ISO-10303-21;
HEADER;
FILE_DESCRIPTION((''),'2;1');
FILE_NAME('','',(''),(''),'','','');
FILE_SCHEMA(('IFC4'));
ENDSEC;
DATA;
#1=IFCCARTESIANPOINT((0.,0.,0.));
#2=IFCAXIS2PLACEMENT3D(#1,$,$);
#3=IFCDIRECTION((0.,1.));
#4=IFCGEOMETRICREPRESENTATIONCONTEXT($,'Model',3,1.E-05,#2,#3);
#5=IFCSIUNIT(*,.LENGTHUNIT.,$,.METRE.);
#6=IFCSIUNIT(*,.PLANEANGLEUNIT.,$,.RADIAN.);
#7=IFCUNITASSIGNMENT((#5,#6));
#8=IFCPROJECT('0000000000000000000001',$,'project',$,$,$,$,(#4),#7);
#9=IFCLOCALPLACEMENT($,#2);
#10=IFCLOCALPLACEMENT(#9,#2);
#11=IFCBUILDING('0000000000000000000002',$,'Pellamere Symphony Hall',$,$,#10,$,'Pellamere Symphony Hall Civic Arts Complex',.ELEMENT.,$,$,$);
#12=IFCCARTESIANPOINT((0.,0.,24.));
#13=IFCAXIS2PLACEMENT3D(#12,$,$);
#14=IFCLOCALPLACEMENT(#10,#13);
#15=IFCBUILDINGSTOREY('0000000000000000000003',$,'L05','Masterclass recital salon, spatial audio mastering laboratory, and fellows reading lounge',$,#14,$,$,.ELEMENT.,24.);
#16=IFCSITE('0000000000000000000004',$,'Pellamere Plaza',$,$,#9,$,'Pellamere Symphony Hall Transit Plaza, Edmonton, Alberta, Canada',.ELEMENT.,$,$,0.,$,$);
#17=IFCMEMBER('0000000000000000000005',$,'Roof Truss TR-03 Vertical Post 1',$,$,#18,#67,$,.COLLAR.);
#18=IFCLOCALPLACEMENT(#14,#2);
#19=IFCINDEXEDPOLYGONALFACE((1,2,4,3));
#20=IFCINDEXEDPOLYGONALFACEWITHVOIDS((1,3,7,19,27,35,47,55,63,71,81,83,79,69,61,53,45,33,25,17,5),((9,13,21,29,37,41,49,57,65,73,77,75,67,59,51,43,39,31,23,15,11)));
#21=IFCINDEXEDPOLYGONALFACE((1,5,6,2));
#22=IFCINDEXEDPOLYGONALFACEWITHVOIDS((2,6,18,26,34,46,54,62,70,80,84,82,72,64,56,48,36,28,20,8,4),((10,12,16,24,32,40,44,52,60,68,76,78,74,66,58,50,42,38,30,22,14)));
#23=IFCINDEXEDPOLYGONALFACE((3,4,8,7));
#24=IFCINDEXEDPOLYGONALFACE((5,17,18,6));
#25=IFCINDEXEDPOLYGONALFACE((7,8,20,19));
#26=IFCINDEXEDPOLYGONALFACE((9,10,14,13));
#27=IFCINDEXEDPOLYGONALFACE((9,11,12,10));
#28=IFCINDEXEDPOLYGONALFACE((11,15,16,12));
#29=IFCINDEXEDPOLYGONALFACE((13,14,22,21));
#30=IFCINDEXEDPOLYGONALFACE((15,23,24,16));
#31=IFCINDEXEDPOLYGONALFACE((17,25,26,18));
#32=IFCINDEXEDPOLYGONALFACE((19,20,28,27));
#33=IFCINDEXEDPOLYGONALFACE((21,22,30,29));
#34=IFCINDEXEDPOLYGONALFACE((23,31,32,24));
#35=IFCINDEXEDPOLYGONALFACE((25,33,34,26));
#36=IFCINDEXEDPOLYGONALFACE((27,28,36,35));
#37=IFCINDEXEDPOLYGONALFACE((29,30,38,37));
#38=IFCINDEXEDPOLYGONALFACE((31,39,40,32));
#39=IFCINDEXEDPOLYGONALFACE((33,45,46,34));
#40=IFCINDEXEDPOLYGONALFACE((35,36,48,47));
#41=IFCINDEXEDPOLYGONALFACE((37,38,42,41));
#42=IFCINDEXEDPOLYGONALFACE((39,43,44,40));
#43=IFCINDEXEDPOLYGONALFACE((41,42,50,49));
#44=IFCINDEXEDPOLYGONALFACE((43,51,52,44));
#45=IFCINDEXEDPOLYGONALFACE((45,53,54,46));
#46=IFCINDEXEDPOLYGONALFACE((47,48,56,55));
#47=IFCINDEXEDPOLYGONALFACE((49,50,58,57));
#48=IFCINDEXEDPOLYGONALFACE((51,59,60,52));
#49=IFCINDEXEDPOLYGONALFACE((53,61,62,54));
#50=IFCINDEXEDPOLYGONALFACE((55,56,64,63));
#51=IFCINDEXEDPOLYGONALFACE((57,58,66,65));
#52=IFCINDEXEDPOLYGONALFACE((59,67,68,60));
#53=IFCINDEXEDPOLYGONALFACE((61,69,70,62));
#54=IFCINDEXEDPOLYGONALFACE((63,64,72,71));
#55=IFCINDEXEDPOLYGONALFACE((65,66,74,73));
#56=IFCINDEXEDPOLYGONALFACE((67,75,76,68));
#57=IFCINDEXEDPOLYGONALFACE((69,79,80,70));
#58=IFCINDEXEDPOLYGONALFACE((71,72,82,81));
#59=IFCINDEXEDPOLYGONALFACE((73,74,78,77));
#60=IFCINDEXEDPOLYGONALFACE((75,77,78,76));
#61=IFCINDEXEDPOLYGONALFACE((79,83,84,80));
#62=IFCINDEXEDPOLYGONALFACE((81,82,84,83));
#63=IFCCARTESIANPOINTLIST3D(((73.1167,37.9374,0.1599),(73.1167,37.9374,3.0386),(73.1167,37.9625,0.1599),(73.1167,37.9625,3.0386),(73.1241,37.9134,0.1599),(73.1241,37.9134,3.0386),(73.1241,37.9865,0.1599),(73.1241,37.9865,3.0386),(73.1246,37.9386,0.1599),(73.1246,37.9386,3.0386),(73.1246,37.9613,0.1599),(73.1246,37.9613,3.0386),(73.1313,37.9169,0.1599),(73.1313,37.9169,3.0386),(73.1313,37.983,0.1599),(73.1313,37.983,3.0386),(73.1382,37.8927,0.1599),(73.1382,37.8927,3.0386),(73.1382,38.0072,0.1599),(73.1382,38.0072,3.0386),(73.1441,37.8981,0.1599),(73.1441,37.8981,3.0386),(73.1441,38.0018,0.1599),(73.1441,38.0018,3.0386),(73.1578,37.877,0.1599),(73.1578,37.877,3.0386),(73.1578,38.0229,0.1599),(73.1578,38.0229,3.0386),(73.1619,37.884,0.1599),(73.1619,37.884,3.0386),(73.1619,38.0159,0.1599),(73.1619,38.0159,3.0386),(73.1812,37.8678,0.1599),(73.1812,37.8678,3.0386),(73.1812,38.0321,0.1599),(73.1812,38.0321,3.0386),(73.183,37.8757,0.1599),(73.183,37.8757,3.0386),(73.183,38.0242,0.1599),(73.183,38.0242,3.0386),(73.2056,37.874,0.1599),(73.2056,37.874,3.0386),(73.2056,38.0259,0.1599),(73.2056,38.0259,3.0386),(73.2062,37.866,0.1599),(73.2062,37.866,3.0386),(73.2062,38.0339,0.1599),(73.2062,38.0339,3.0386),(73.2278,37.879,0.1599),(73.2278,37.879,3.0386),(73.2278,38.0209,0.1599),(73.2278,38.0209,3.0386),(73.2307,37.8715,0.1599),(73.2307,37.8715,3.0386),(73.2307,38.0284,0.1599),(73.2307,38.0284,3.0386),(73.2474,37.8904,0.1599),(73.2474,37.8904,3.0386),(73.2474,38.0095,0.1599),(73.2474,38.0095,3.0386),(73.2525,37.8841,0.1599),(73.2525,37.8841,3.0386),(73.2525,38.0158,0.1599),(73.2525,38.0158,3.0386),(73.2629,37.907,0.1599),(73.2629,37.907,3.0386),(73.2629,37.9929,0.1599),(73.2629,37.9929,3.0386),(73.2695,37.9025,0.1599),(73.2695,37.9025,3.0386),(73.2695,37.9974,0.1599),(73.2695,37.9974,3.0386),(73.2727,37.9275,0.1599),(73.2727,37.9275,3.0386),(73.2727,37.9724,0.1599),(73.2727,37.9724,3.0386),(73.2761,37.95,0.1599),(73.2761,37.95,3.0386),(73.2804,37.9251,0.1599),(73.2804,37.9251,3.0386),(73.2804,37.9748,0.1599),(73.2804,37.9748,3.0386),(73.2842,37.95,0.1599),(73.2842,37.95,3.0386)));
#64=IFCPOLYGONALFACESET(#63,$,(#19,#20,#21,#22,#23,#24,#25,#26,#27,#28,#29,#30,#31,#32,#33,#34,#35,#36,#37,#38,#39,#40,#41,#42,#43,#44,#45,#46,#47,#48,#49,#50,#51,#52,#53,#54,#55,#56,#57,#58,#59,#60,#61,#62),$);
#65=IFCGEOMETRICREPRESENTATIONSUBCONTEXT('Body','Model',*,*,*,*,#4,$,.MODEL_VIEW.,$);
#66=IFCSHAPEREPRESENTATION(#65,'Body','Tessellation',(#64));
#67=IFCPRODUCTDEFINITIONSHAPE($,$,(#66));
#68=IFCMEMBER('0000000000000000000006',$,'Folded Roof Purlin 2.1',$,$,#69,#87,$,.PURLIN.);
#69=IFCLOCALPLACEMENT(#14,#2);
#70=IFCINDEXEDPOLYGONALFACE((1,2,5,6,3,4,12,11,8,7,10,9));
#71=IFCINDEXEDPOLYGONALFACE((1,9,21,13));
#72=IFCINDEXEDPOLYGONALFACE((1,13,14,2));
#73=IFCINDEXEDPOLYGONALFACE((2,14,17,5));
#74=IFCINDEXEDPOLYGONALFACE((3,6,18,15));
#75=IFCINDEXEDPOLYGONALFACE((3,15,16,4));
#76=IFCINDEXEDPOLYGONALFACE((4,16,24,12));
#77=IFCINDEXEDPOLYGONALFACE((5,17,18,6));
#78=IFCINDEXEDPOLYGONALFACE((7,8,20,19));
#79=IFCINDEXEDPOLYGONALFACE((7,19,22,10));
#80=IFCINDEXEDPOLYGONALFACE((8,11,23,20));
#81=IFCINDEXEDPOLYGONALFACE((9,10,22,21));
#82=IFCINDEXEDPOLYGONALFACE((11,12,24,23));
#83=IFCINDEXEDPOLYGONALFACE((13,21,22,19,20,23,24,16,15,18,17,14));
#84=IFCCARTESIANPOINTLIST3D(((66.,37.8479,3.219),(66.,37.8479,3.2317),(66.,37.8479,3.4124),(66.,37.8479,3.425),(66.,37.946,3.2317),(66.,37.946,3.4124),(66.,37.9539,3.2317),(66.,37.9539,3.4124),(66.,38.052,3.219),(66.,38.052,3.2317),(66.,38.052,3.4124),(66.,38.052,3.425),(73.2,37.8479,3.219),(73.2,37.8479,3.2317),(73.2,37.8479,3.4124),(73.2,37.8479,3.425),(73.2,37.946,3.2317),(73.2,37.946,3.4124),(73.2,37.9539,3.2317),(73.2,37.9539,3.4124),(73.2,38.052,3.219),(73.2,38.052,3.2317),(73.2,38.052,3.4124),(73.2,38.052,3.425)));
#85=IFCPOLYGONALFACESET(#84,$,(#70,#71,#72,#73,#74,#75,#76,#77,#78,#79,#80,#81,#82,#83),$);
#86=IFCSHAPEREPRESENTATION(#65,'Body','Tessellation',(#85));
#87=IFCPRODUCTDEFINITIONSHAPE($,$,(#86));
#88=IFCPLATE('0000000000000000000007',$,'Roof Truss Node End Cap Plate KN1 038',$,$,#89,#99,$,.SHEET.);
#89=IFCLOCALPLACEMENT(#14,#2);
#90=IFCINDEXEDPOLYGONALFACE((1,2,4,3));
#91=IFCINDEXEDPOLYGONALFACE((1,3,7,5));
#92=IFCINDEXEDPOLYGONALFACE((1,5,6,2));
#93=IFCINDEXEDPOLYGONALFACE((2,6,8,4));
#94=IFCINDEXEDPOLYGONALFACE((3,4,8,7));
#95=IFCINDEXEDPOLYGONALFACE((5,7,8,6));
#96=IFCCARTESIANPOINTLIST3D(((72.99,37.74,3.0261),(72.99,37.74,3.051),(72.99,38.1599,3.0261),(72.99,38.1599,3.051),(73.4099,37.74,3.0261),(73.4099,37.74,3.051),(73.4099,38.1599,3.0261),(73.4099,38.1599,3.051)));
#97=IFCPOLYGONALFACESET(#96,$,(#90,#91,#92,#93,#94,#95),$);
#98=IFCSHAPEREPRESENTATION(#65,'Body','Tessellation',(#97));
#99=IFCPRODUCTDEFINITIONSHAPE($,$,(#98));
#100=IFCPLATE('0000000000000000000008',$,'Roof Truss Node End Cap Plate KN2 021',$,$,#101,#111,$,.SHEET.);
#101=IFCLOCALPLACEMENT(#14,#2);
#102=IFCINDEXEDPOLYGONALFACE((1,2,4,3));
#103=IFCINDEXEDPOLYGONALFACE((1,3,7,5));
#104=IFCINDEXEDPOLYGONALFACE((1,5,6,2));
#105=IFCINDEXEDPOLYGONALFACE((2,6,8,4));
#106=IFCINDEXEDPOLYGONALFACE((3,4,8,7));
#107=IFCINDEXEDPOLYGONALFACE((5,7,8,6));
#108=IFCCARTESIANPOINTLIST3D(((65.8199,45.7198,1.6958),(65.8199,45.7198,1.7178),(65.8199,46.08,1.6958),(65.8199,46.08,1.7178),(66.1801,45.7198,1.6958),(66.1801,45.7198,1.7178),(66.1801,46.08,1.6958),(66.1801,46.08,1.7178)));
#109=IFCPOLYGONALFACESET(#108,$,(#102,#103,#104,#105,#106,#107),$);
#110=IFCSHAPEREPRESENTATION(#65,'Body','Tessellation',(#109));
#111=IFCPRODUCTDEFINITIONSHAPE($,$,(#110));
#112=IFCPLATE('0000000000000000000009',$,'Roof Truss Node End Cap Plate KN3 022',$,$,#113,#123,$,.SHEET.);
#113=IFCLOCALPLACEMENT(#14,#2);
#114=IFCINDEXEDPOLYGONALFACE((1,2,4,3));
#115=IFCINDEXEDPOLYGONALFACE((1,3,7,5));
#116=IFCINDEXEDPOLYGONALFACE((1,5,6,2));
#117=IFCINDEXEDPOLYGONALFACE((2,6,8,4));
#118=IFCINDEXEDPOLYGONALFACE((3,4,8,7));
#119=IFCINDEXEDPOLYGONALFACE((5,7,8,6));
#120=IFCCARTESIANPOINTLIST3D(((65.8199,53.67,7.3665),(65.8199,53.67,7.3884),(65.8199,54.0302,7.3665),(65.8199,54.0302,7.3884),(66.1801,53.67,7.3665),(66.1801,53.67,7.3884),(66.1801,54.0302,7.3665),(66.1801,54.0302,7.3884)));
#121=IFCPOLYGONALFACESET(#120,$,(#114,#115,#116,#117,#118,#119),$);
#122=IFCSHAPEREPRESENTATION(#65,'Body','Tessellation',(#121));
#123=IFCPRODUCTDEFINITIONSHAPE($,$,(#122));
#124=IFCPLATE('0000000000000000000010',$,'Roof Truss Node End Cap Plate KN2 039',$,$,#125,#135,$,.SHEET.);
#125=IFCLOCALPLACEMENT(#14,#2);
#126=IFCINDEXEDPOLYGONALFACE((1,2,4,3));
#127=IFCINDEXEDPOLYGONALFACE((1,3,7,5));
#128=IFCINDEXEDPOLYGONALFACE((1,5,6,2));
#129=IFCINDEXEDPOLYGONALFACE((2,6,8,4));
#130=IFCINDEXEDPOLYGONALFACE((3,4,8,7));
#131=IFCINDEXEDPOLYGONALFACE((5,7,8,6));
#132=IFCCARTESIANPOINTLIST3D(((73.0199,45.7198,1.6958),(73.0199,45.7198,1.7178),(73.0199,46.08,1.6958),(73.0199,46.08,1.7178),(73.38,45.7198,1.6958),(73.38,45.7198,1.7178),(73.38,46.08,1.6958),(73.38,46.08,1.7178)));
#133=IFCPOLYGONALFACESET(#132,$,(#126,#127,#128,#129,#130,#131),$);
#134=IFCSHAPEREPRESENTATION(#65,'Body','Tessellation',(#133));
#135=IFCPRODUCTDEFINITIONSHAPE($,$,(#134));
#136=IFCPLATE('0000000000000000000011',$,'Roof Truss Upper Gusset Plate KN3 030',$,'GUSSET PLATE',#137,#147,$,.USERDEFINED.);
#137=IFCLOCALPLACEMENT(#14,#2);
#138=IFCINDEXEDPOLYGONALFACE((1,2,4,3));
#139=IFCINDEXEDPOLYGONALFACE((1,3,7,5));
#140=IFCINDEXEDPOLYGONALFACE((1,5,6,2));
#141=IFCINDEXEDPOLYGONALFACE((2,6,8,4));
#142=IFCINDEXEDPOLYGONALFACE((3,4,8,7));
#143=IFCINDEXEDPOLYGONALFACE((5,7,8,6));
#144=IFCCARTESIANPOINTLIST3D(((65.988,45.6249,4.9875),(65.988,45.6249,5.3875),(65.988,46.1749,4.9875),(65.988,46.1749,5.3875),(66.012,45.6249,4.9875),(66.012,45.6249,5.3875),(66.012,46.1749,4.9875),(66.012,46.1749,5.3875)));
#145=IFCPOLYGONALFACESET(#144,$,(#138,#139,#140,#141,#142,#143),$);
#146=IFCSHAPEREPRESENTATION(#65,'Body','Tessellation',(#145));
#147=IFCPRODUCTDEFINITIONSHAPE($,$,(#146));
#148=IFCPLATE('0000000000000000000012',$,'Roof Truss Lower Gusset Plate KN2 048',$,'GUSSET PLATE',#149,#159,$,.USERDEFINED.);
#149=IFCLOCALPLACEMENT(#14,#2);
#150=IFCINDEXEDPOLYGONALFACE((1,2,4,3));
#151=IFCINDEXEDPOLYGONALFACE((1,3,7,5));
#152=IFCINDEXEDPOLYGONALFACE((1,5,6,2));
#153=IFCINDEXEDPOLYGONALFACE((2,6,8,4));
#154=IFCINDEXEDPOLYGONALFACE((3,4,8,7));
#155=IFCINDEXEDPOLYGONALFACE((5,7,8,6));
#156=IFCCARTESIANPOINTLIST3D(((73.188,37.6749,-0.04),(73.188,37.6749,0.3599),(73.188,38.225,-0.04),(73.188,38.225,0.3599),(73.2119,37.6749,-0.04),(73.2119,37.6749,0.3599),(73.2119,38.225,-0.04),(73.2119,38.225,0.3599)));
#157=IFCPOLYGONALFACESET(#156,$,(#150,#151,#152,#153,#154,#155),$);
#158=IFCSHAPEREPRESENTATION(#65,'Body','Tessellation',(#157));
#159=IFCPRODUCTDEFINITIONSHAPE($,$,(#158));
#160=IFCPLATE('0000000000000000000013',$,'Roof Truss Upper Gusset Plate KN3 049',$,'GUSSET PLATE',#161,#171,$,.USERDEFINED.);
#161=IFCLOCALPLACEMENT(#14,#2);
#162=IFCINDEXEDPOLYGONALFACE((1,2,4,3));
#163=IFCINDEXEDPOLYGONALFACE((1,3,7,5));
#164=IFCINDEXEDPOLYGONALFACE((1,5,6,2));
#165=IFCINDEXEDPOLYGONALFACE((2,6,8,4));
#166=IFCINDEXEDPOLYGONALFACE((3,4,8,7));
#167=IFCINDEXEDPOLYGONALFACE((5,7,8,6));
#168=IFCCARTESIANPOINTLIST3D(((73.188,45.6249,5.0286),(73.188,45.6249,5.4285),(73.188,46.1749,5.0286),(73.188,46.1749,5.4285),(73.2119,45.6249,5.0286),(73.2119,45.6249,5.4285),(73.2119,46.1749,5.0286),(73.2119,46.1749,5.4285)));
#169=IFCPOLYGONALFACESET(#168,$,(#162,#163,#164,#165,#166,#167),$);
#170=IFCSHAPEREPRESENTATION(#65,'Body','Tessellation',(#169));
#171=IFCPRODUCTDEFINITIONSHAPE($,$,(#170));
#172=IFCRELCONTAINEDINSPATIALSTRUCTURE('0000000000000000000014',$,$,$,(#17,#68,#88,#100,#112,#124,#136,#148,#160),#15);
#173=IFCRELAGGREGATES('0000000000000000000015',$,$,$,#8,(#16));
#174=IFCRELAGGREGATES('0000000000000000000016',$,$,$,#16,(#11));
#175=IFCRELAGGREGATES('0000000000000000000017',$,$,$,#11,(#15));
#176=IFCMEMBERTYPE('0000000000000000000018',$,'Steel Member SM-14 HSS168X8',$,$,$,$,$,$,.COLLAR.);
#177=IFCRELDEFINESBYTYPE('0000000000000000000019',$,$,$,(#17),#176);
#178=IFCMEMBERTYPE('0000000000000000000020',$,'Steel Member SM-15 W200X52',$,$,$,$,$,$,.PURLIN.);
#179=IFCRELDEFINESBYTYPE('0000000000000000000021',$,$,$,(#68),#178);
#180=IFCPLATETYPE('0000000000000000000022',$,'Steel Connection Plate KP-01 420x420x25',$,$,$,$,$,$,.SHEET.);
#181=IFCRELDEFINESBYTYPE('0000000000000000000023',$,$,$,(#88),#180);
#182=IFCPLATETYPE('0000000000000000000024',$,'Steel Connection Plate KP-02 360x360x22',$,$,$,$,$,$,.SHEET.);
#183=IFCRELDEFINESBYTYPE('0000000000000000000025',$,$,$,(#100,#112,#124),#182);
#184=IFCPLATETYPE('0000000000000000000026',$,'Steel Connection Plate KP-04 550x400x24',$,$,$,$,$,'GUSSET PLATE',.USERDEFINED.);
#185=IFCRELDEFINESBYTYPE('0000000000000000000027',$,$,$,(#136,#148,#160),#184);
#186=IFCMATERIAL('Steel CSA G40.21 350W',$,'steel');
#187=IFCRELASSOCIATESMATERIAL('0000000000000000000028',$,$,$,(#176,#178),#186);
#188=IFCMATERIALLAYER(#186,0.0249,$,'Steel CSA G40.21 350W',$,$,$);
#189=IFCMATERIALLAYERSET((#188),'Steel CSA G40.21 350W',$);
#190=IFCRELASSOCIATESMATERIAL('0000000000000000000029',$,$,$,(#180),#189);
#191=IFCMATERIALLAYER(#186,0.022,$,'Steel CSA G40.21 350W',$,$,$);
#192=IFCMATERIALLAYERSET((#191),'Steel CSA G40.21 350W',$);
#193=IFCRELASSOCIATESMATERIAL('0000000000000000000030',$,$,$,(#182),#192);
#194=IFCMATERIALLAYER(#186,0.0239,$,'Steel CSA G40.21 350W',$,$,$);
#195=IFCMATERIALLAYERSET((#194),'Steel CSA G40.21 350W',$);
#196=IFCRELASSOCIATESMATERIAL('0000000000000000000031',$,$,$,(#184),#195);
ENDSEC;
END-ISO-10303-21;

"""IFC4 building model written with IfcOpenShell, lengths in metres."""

from ifc_helpers import new_model, si_unit, direction, frame, origin, origin_2d, place, context, subcontext, project, spatial, rectangle, hollow_circle, i_section, extrude, material, layer, layer_set, material_profile, profile_set, type_object, element, save


model = new_model("IFC4")

# Units and contexts
model_context = context("Model", 3, precision=1e-05, world=origin(), true_north=direction((0.0, 1.0)))
body_context = subcontext(model_context, "Body", "Model", "MODEL_VIEW")
ifc_project = project(units=[si_unit("LENGTHUNIT", "METRE"), si_unit("PLANEANGLEUNIT", "RADIAN")], contexts=[model_context])

# Site, building, storey
site_placement = place(None, origin())
site = spatial("IfcSite", under=ifc_project, at=site_placement, Name="Pellamere Plaza", LongName="Pellamere Symphony Hall Transit Plaza, Edmonton, Alberta, Canada", CompositionType="ELEMENT", RefElevation=0.0)
building_placement = place(site_placement, origin())
building = spatial("IfcBuilding", under=site, at=building_placement, Name="Pellamere Symphony Hall", LongName="Pellamere Symphony Hall Civic Arts Complex", CompositionType="ELEMENT")
storey_placement = place(building_placement, frame((0.0, 0.0, 24.0)))
storey = spatial("IfcBuildingStorey", under=building, at=storey_placement, Name="L05", Description="Masterclass recital salon, spatial audio mastering laboratory, and fellows reading lounge", CompositionType="ELEMENT", Elevation=24.0)

# Shared definitions
ifc_material_1 = material(Name="Steel CSA G40.21 350W", Category="steel")

# Members
ifc_material_profile_1 = material_profile(ifc_material_1, hollow_circle(Radius=0.0842, WallThickness=0.0081, at=origin_2d()), Name="HSS168X8")
ifc_profile_set_1 = profile_set([ifc_material_profile_1], Name="Steel CSA G40.21 350W")
member_type_1 = type_object("IfcMemberType", Name="Steel Member SM-14 HSS168X8", PredefinedType="COLLAR", material=ifc_profile_set_1)
member_1_placement = place(storey_placement, frame((73.2, 37.95, 0.1599), z_axis=(0.0, 0.0, 1.0), x_axis=(1.0, 0.0, 0.0)))
element("IfcMember", 1, at=member_1_placement, inside=storey, type_object=member_type_1, Name="Roof Truss TR-03 Vertical Post 1", PredefinedType="COLLAR", context=body_context, shape_type="SweptSolid", body=[
    extrude(hollow_circle(Radius=0.0842, WallThickness=0.0081, at=origin_2d()), origin(), (0.0, 0.0, 1.0), 2.8787),
])
ifc_material_profile_2 = material_profile(ifc_material_1, i_section(OverallWidth=0.2041, OverallDepth=0.2061, WebThickness=0.0078, FlangeThickness=0.0127, at=origin_2d()), Name="W200X52")
ifc_profile_set_2 = profile_set([ifc_material_profile_2], Name="Steel CSA G40.21 350W")
member_type_2 = type_object("IfcMemberType", Name="Steel Member SM-15 W200X52", PredefinedType="PURLIN", material=ifc_profile_set_2)
member_2_placement = place(storey_placement, frame((66.0, 37.95, 3.322), z_axis=(1.0, 0.0, 0.0), x_axis=(0.0, 1.0, 0.0)))
element("IfcMember", 2, at=member_2_placement, inside=storey, type_object=member_type_2, Name="Folded Roof Purlin 2.1", PredefinedType="PURLIN", context=body_context, shape_type="SweptSolid", body=[
    extrude(i_section(OverallWidth=0.2041, OverallDepth=0.2061, WebThickness=0.0078, FlangeThickness=0.0127, at=origin_2d()), origin(), (0.0, 0.0, 1.0), 7.2),
])

# Plates
ifc_layer_1 = layer(ifc_material_1, 0.0249, Name="Steel CSA G40.21 350W")
ifc_layer_set_1 = layer_set([ifc_layer_1], Name="Steel CSA G40.21 350W")
plate_type_1 = type_object("IfcPlateType", Name="Steel Connection Plate KP-01 420x420x25", PredefinedType="SHEET", material=ifc_layer_set_1)
plate_placement = place(storey_placement, frame((73.2, 37.95, 3.0261), z_axis=(0.0, 0.0, 1.0), x_axis=(1.0, 0.0, 0.0)))
element("IfcPlate", 3, at=plate_placement, inside=storey, type_object=plate_type_1, Name="Roof Truss Node End Cap Plate KN1 038", PredefinedType="SHEET", context=body_context, shape_type="SweptSolid", body=[
    extrude(rectangle(XDim=0.4199, YDim=0.4199, at=origin_2d()), origin(), (0.0, 0.0, 1.0), 0.0249),
])
ifc_layer_2 = layer(ifc_material_1, 0.022, Name="Steel CSA G40.21 350W")
ifc_layer_set_2 = layer_set([ifc_layer_2], Name="Steel CSA G40.21 350W")
plate_type_2 = type_object("IfcPlateType", Name="Steel Connection Plate KP-02 360x360x22", PredefinedType="SHEET", material=ifc_layer_set_2)
for number, where, z_axis, x_axis, name in (
    (4, (66.0, 45.8999, 1.6958), (0.0, 0.0, 1.0), (1.0, 0.0, 0.0), "Roof Truss Node End Cap Plate KN2 021"),
    (5, (66.0, 53.8501, 7.3665), (0.0, 0.0, 1.0), (1.0, 0.0, 0.0), "Roof Truss Node End Cap Plate KN3 022"),
    (6, (73.2, 45.8999, 1.6958), (0.0, 0.0, 1.0), (1.0, 0.0, 0.0), "Roof Truss Node End Cap Plate KN2 039"),
):
    element("IfcPlate", number, at=place(storey_placement, frame(where, z_axis=z_axis, x_axis=x_axis)), inside=storey, type_object=plate_type_2, Name=name, PredefinedType="SHEET", context=body_context, shape_type="SweptSolid", body=[
        extrude(rectangle(XDim=0.3601, YDim=0.3601, at=origin_2d()), origin(), (0.0, 0.0, 1.0), 0.022),
    ])
ifc_layer_3 = layer(ifc_material_1, 0.0239, Name="Steel CSA G40.21 350W")
ifc_layer_set_3 = layer_set([ifc_layer_3], Name="Steel CSA G40.21 350W")
plate_type_3 = type_object("IfcPlateType", Name="Steel Connection Plate KP-04 550x400x24", ElementType="GUSSET PLATE", PredefinedType="USERDEFINED", material=ifc_layer_set_3)
for number, where, z_axis, x_axis, name in (
    (7, (66.0, 45.8999, 4.9875), (0.0, 0.0, 1.0), (1.0, 0.0, 0.0), "Roof Truss Upper Gusset Plate KN3 030"),
    (8, (73.2, 37.95, -0.04), (0.0, 0.0, 1.0), (1.0, 0.0, 0.0), "Roof Truss Lower Gusset Plate KN2 048"),
    (9, (73.2, 45.8999, 5.0286), (0.0, 0.0, 1.0), (1.0, 0.0, 0.0), "Roof Truss Upper Gusset Plate KN3 049"),
):
    element("IfcPlate", number, at=place(storey_placement, frame(where, z_axis=z_axis, x_axis=x_axis)), inside=storey, type_object=plate_type_3, Name=name, ObjectType="GUSSET PLATE", PredefinedType="USERDEFINED", context=body_context, shape_type="SweptSolid", body=[
        extrude(rectangle(XDim=0.0239, YDim=0.55, at=origin_2d()), origin(), (0.0, 0.0, 1.0), 0.3999),
    ])

save(model, "model.ifc")
